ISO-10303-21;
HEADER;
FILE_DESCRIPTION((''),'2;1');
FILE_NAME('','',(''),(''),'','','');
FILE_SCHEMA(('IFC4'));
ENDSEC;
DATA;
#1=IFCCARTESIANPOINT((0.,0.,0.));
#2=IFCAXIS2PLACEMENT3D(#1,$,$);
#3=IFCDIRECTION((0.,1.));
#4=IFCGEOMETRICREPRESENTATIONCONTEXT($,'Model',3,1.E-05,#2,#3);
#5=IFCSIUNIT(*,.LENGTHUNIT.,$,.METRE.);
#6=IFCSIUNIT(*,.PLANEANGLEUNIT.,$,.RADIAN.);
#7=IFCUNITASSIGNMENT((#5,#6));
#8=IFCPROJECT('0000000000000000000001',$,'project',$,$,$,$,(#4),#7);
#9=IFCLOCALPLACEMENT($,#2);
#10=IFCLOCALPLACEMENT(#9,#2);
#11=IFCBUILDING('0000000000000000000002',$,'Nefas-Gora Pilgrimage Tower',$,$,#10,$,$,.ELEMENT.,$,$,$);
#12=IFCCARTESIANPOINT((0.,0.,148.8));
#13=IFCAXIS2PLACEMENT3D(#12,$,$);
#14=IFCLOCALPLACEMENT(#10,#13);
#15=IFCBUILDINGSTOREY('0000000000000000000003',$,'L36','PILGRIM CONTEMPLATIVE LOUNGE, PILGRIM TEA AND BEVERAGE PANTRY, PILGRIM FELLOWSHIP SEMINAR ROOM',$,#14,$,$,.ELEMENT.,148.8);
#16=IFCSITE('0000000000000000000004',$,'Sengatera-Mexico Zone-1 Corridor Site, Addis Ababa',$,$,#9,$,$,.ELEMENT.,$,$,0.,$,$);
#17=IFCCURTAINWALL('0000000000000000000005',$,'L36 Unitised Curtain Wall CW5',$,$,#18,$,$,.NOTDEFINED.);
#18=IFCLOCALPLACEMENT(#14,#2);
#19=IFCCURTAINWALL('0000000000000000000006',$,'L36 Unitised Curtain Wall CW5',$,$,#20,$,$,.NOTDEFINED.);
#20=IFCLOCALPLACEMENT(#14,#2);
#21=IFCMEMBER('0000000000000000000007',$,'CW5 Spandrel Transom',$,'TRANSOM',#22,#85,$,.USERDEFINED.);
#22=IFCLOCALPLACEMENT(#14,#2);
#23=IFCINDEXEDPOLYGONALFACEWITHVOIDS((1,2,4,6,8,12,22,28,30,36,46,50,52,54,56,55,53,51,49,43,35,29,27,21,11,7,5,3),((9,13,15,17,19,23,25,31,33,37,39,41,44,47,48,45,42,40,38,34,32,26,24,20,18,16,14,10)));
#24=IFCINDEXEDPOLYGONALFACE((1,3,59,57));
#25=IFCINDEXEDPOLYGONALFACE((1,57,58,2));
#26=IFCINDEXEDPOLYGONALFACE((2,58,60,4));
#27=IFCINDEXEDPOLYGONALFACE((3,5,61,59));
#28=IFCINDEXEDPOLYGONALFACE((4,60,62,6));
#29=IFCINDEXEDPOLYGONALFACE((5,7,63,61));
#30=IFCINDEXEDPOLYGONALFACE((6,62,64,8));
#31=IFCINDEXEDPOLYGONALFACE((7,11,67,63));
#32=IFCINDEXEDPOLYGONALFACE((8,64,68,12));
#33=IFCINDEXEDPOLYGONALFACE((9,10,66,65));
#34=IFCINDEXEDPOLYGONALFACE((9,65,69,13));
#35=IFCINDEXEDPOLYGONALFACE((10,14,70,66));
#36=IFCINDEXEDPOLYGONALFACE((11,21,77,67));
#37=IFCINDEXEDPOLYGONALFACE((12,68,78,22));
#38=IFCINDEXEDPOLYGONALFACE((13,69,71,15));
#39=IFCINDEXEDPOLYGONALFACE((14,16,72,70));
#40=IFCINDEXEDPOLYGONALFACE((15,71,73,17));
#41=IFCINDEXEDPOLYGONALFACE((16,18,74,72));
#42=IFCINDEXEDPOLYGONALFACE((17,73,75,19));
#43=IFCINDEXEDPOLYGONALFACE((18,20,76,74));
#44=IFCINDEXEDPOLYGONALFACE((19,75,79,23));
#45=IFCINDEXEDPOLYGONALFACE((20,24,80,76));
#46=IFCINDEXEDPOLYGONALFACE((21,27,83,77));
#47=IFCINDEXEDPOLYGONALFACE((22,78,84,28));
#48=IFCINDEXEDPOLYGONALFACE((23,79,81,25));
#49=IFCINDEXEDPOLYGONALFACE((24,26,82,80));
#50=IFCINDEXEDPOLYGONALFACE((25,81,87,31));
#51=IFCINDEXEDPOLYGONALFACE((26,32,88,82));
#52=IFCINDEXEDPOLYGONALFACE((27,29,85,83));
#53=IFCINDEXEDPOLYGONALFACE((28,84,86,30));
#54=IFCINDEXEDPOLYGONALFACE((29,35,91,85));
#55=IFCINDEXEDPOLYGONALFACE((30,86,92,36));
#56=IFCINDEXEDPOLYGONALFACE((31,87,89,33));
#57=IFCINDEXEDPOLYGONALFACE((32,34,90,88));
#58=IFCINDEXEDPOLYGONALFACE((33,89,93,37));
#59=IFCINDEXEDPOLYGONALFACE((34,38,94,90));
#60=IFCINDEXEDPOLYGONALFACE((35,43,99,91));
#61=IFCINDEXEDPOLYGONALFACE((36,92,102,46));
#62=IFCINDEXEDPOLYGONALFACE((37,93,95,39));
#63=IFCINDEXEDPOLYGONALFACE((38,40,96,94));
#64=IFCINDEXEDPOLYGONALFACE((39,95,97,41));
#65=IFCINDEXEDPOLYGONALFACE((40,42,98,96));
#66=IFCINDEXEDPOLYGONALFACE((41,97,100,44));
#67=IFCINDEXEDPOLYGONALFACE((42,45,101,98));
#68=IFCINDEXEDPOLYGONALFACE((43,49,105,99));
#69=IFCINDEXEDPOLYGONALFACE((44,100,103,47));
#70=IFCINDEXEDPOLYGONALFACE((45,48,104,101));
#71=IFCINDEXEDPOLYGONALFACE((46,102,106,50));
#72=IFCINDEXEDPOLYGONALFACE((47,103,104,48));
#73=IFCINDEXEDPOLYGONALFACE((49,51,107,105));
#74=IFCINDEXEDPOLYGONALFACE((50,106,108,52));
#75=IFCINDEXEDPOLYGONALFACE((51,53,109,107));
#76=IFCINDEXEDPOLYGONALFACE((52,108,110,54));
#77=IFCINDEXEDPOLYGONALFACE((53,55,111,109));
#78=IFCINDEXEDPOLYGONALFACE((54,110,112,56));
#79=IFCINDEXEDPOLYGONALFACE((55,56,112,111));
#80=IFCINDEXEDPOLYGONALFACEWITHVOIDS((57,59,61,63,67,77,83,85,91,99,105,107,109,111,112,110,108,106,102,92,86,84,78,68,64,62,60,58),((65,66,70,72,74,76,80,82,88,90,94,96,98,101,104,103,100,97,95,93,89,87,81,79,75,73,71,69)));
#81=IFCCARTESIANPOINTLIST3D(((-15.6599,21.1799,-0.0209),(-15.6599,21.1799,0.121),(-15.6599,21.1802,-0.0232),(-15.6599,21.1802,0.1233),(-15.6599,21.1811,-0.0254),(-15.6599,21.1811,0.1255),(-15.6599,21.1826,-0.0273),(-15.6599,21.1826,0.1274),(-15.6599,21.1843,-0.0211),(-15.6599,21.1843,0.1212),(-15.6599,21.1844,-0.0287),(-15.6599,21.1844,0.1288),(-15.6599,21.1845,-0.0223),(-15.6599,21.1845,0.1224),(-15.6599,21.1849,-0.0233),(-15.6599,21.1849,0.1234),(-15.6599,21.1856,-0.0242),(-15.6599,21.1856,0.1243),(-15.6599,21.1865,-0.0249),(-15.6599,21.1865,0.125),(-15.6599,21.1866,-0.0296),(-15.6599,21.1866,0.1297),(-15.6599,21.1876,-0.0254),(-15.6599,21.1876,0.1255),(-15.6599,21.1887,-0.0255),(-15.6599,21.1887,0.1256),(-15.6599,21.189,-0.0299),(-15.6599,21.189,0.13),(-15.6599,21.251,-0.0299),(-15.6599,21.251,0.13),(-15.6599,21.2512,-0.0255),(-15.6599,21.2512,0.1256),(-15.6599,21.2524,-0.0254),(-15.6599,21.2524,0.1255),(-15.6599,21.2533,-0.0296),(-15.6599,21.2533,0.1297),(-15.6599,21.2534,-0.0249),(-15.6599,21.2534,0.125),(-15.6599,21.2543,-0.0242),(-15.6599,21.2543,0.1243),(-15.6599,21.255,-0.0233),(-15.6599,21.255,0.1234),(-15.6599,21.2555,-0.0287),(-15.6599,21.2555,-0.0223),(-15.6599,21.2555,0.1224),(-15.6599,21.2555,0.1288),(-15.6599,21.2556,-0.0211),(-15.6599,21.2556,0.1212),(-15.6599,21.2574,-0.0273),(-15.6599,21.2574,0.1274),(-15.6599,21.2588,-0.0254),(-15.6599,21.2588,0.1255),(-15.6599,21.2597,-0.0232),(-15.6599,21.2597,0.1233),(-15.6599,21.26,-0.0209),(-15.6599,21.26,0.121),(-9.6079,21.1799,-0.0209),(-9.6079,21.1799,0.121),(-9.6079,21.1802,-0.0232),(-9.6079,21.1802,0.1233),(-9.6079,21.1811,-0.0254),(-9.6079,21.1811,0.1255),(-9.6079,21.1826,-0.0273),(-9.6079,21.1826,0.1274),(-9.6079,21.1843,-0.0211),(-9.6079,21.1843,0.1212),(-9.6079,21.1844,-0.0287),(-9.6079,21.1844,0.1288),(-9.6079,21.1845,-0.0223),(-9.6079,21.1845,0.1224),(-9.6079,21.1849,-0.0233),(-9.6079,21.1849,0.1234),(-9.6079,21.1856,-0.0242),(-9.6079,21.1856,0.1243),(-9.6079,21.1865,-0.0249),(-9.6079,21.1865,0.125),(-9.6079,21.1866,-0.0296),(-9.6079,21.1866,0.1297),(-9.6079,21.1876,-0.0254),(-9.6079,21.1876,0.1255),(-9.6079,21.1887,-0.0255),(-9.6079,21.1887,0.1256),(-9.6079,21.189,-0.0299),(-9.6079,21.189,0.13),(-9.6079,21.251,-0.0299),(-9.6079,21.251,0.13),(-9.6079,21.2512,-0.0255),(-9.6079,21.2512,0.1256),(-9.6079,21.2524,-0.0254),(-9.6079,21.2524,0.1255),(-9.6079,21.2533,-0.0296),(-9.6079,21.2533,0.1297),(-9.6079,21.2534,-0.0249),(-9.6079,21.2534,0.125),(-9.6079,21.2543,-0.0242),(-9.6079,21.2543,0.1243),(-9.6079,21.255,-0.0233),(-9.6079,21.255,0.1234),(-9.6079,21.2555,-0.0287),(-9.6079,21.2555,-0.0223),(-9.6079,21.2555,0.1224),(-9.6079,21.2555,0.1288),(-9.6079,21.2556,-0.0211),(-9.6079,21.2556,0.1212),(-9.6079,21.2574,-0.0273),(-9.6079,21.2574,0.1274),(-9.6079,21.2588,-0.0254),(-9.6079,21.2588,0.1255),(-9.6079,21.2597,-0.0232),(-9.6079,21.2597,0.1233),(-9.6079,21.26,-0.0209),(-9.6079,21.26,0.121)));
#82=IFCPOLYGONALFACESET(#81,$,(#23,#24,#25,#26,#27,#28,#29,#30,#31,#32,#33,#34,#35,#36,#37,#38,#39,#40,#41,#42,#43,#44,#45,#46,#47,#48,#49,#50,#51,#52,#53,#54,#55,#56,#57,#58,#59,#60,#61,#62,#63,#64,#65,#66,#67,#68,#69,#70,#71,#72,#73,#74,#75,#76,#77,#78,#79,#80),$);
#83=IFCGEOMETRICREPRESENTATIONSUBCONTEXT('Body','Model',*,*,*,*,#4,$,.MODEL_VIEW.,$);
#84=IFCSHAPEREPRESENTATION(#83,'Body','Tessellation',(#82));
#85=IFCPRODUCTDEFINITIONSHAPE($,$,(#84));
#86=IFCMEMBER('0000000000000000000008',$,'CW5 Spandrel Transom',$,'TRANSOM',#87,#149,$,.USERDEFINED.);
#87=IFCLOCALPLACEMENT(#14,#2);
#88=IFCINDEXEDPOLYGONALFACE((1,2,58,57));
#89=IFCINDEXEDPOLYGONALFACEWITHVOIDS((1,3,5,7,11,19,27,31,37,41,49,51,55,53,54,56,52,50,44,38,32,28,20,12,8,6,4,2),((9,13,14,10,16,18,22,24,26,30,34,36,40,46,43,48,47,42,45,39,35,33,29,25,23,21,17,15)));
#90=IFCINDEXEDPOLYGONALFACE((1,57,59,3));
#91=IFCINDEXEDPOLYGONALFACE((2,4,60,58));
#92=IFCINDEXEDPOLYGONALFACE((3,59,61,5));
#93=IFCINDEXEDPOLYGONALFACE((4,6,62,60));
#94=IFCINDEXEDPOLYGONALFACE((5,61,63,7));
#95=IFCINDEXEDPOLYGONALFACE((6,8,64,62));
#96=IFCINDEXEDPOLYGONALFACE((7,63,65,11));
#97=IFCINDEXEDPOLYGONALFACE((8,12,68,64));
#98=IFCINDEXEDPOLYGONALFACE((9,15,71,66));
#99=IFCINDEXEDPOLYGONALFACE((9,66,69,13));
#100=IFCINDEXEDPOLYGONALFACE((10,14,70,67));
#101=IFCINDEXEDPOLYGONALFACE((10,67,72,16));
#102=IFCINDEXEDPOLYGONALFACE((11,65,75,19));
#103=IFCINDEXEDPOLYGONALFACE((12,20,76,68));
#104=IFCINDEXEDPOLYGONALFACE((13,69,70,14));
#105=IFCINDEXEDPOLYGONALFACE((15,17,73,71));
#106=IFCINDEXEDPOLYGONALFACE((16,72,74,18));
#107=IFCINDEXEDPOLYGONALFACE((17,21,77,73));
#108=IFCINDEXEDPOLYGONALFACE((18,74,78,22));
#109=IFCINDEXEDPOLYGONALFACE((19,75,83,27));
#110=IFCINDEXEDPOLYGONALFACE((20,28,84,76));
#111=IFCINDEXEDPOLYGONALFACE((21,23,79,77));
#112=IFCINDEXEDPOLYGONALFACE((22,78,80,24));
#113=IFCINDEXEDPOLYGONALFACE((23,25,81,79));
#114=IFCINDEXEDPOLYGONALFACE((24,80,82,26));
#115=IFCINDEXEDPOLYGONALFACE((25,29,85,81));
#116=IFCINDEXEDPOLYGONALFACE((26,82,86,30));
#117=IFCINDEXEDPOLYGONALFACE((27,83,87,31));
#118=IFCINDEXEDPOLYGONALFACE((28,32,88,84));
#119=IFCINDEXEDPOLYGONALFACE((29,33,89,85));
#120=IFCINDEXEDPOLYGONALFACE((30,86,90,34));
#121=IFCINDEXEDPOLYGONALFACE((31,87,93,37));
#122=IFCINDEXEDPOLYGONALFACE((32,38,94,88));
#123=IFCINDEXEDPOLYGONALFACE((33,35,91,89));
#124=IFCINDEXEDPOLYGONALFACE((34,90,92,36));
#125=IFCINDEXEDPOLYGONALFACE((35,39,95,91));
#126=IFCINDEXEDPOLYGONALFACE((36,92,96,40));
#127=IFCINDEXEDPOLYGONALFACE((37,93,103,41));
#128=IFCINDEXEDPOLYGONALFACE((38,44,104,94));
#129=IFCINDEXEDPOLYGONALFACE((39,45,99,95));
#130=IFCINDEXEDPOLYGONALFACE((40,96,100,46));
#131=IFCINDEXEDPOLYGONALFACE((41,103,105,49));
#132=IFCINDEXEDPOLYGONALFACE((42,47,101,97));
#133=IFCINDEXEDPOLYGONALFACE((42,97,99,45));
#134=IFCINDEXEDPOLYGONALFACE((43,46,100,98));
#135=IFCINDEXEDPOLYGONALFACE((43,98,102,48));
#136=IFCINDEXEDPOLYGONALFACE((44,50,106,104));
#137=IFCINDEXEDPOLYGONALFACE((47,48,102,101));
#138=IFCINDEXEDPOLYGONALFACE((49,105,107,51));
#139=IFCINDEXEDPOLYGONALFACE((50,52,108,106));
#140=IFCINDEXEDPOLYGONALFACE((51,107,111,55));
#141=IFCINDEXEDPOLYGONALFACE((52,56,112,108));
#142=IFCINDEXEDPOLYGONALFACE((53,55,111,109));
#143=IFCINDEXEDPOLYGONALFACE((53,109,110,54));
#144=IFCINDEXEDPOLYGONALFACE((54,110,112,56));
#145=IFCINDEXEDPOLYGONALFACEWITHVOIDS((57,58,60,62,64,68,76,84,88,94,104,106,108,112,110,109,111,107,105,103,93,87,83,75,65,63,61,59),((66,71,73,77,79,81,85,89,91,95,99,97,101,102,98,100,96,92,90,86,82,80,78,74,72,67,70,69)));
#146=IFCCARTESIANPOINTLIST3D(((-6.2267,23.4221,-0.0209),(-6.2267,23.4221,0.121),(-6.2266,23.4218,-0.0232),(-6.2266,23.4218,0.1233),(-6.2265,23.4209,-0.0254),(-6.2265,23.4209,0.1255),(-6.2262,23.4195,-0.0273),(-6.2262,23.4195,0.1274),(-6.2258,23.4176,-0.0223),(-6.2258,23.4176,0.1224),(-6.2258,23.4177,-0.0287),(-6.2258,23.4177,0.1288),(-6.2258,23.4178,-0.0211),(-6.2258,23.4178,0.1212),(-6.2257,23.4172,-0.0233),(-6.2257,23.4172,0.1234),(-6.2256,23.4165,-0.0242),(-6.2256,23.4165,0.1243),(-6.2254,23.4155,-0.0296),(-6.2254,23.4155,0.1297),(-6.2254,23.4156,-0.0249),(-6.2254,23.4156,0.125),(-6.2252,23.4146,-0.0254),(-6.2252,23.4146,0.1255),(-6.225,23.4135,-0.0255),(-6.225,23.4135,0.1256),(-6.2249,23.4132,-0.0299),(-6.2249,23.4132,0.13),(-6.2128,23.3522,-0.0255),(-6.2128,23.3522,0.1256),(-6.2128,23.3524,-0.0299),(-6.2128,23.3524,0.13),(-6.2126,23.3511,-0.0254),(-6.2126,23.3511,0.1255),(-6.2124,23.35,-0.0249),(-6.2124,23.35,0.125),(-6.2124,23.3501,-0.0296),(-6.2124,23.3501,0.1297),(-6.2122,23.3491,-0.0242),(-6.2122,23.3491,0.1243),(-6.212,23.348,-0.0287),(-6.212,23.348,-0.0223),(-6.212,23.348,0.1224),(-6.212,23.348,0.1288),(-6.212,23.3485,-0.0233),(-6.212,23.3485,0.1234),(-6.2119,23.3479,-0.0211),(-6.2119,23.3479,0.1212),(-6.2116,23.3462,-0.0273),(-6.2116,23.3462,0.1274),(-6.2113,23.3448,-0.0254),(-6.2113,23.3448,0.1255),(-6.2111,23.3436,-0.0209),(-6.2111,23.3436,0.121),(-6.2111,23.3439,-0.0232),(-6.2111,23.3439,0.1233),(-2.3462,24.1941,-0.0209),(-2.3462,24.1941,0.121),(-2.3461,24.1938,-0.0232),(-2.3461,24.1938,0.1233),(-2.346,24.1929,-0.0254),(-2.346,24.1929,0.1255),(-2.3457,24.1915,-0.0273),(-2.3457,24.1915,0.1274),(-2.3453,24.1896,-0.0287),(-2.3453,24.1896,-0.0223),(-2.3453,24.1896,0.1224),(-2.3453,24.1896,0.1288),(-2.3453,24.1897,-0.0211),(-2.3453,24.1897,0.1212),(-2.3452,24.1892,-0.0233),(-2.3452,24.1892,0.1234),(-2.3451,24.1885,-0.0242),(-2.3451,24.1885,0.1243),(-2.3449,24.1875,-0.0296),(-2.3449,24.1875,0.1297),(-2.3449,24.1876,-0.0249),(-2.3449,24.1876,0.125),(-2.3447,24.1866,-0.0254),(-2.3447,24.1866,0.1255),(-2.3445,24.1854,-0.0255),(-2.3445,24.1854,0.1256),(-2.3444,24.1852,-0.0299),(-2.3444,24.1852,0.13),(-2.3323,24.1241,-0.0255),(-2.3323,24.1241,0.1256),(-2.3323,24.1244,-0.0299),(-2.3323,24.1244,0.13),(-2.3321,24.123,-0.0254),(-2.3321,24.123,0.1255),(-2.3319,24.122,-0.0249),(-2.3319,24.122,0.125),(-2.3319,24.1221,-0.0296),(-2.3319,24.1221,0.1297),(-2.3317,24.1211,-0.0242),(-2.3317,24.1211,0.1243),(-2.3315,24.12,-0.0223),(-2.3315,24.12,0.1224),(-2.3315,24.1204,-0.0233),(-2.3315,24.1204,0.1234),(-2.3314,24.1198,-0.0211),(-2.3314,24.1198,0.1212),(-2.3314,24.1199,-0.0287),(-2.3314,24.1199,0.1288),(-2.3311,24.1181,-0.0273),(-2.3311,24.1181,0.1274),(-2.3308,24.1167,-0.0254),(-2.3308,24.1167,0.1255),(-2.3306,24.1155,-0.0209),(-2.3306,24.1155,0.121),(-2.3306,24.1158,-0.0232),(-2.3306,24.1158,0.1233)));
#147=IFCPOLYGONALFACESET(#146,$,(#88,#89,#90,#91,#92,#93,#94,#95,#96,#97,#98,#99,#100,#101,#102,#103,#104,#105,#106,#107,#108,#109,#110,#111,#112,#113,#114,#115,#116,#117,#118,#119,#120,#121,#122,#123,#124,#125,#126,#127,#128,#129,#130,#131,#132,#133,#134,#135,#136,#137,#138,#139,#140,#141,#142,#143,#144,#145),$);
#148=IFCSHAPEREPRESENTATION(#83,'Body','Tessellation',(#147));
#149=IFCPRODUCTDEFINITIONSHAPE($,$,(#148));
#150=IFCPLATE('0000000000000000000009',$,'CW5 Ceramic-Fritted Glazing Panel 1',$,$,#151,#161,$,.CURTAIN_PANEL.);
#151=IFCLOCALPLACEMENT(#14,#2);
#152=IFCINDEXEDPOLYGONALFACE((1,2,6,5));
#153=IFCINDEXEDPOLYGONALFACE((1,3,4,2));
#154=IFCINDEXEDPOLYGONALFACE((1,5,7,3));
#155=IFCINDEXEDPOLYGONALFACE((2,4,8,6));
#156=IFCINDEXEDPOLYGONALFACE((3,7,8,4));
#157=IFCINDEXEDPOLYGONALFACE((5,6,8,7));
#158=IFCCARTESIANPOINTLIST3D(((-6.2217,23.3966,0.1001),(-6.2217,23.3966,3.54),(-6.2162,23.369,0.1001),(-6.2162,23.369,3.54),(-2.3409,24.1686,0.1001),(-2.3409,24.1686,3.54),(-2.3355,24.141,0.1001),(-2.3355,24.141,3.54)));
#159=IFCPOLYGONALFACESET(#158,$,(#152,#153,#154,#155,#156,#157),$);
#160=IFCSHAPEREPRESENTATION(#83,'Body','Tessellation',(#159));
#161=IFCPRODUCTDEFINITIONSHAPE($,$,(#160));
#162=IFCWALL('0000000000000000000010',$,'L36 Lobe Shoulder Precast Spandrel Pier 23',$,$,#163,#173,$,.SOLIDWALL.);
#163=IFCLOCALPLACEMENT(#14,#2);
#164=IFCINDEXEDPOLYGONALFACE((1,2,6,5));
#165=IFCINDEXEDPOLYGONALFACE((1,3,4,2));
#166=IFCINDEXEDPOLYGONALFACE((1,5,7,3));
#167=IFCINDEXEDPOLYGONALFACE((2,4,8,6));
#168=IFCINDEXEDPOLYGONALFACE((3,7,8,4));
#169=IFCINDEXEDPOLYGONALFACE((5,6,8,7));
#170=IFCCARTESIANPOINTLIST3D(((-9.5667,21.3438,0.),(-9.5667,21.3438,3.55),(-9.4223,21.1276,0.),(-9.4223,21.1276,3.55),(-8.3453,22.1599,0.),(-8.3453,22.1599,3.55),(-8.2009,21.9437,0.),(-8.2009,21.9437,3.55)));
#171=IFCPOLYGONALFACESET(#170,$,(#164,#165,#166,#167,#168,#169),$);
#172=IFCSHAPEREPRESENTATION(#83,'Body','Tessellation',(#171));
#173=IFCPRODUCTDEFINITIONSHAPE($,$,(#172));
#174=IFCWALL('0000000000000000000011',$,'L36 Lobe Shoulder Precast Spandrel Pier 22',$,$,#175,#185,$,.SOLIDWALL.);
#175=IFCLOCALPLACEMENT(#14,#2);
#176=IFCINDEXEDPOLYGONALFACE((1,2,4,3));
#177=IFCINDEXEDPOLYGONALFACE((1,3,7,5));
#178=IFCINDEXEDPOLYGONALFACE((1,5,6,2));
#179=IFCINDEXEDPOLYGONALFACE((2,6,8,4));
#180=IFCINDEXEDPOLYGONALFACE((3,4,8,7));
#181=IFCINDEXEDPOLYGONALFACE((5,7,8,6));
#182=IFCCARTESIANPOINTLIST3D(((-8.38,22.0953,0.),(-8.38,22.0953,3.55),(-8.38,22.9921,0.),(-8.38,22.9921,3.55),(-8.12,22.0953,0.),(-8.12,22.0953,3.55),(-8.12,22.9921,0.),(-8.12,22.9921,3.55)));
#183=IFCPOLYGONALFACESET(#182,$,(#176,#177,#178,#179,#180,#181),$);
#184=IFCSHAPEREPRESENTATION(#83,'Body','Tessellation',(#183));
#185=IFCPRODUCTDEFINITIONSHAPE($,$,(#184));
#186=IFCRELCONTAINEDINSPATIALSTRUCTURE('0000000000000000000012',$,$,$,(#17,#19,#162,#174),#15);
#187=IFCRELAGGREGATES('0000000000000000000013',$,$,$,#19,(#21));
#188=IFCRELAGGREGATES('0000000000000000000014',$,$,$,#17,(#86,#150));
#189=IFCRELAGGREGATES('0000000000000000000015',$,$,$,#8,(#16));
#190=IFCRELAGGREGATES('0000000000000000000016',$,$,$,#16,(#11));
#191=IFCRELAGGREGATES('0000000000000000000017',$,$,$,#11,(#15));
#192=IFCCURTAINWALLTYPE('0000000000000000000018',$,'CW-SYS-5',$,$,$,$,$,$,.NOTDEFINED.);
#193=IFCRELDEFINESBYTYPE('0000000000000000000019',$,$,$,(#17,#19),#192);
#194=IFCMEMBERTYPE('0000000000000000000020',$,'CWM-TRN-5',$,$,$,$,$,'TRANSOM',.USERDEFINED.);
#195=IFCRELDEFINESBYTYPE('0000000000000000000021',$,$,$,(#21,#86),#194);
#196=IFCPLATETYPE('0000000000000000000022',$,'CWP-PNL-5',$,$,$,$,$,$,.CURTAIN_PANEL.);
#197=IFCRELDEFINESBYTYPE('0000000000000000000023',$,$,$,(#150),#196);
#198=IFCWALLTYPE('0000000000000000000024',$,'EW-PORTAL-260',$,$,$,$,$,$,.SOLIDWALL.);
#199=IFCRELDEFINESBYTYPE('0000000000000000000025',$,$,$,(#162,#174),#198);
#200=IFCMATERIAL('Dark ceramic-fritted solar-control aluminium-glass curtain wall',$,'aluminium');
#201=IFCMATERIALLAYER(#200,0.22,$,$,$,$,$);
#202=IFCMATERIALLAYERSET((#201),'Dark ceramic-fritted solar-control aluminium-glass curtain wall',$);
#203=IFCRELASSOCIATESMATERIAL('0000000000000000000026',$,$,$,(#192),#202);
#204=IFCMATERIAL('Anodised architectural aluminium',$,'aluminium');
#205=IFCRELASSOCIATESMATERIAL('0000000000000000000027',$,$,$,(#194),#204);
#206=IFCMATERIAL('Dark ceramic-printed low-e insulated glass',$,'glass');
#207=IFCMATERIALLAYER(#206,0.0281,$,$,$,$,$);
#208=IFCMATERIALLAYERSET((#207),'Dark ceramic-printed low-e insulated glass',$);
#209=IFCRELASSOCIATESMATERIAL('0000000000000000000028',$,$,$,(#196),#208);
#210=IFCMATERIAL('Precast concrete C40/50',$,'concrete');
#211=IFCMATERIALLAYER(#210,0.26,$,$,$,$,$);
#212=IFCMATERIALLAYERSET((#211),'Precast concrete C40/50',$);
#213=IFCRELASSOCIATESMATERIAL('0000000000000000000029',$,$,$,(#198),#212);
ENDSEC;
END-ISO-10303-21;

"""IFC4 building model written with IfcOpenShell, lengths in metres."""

from ifc_helpers import new_model, si_unit, direction, frame, frame_2d, origin, origin_2d, place, context, subcontext, project, spatial, rectangle, hollow_rectangle, extrude, source, transform, mapped, material, layer, layer_set, material_profile, profile_set, type_object, element, aggregate, save


model = new_model("IFC4")

# Units and contexts
model_context = context("Model", 3, precision=1e-05, world=origin(), true_north=direction((0.0, 1.0)))
body_context = subcontext(model_context, "Body", "Model", "MODEL_VIEW")
ifc_project = project(units=[si_unit("LENGTHUNIT", "METRE"), si_unit("PLANEANGLEUNIT", "RADIAN")], contexts=[model_context])

# Site, building, storey
site_placement = place(None, origin())
site = spatial("IfcSite", under=ifc_project, at=site_placement, Name="Sengatera-Mexico Zone-1 Corridor Site, Addis Ababa", CompositionType="ELEMENT", RefElevation=0.0)
building_placement = place(site_placement, origin())
building = spatial("IfcBuilding", under=site, at=building_placement, Name="Nefas-Gora Pilgrimage Tower", CompositionType="ELEMENT")
storey_placement = place(building_placement, frame((0.0, 0.0, 148.8)))
storey = spatial("IfcBuildingStorey", under=building, at=storey_placement, Name="L36", Description="PILGRIM CONTEMPLATIVE LOUNGE, PILGRIM TEA AND BEVERAGE PANTRY, PILGRIM FELLOWSHIP SEMINAR ROOM", CompositionType="ELEMENT", Elevation=148.8)

# Curtain walls, member
ifc_material_1 = material(Name="Dark ceramic-fritted solar-control aluminium-glass curtain wall", Category="aluminium")
ifc_layer_1 = layer(ifc_material_1, 0.22)
ifc_layer_set_1 = layer_set([ifc_layer_1], Name="Dark ceramic-fritted solar-control aluminium-glass curtain wall")
curtain_wall_type = type_object("IfcCurtainWallType", Name="CW-SYS-5", PredefinedType="NOTDEFINED", material=ifc_layer_set_1)
curtain_wall_1_placement = place(storey_placement, origin())
curtain_wall_1 = element("IfcCurtainWall", 1, at=curtain_wall_1_placement, inside=storey, type_object=curtain_wall_type, Name="L36 Unitised Curtain Wall CW5", PredefinedType="NOTDEFINED")
ifc_material_2 = material(Name="Anodised architectural aluminium", Category="aluminium")
curtain_wall_2_placement = place(storey_placement, origin())
curtain_wall_2 = element("IfcCurtainWall", 2, at=curtain_wall_2_placement, inside=storey, type_object=curtain_wall_type, Name="L36 Unitised Curtain Wall CW5", PredefinedType="NOTDEFINED")
ifc_material_profile_1 = material_profile(ifc_material_2, hollow_rectangle(XDim=0.0801, YDim=0.1599, WallThickness=0.0044, InnerFilletRadius=0.0044, OuterFilletRadius=0.009, at=origin_2d()), Name="ALU TRANSOM 80x160")
ifc_profile_set_1 = profile_set([ifc_material_profile_1], Name="Anodised architectural aluminium")
member_type_1 = type_object("IfcMemberType", Name="CWM-TRN-5", ElementType="TRANSOM", PredefinedType="USERDEFINED", material=ifc_profile_set_1)
shared_shape_1 = source(origin(), body_context, "Body", "SweptSolid", [
    extrude(hollow_rectangle(XDim=0.0801, YDim=0.1599, WallThickness=0.0044, InnerFilletRadius=0.0044, OuterFilletRadius=0.009, at=origin_2d()), origin(), (0.0, 0.0, 1.0), 6.052),
])
member_1_placement = place(storey_placement, frame((-9.6079, 21.22, 0.05), z_axis=(-1.0, 0.0, 0.0), x_axis=(0.0, -1.0, 0.0)))
member_1 = element("IfcMember", 3, at=member_1_placement, type_object=member_type_1, Name="CW5 Spandrel Transom", ObjectType="TRANSOM", PredefinedType="USERDEFINED", context=body_context, shape_type="MappedRepresentation", body=[
    mapped(shared_shape_1, transform((0.0, 0.0, 0.0), x_axis=(1.0, 0.0, 0.0), y_axis=(0.0, 1.0, 0.0), z_axis=(0.0, 0.0, 1.0), scale=1.0)),
])
aggregate(curtain_wall_2, [member_1])

# Member
shared_shape_2 = source(origin(), body_context, "Body", "SweptSolid", [
    extrude(hollow_rectangle(XDim=0.0801, YDim=0.1599, WallThickness=0.0044, InnerFilletRadius=0.0044, OuterFilletRadius=0.009, at=origin_2d()), origin(), (0.0, 0.0, 1.0), 3.9565),
])
member_2_placement = place(storey_placement, frame((-2.3384, 24.1548, 0.05), z_axis=(-0.980782, -0.195107, 0.0), x_axis=(0.195107, -0.980782, 0.0)))
member_2 = element("IfcMember", 4, at=member_2_placement, type_object=member_type_1, Name="CW5 Spandrel Transom", ObjectType="TRANSOM", PredefinedType="USERDEFINED", context=body_context, shape_type="MappedRepresentation", body=[
    mapped(shared_shape_2, transform((0.0, 0.0, 0.0), x_axis=(1.0, 0.0, 0.0), y_axis=(0.0, 1.0, 0.0), z_axis=(0.0, 0.0, 1.0), scale=1.0)),
])

# Plate
ifc_material_3 = material(Name="Dark ceramic-printed low-e insulated glass", Category="glass")
ifc_layer_2 = layer(ifc_material_3, 0.0281)
ifc_layer_set_2 = layer_set([ifc_layer_2], Name="Dark ceramic-printed low-e insulated glass")
plate_type = type_object("IfcPlateType", Name="CWP-PNL-5", PredefinedType="CURTAIN_PANEL", material=ifc_layer_set_2)
shared_shape_3 = source(origin(), body_context, "Body", "SweptSolid", [
    extrude(rectangle(XDim=3.9568, YDim=0.0281, at=origin_2d()), origin(), (0.0, 0.0, 1.0), 3.4399),
])
plate_placement = place(storey_placement, frame((-4.2786, 23.7688, 0.1001), z_axis=(0.0, 0.0, 1.0), x_axis=(-0.980783, -0.195102, 0.0)))
plate = element("IfcPlate", 5, at=plate_placement, type_object=plate_type, Name="CW5 Ceramic-Fritted Glazing Panel 1", PredefinedType="CURTAIN_PANEL", context=body_context, shape_type="MappedRepresentation", body=[
    mapped(shared_shape_3, transform((0.0, 0.0, 0.0), x_axis=(1.0, 0.0, 0.0), y_axis=(0.0, 1.0, 0.0), z_axis=(0.0, 0.0, 1.0), scale=1.0)),
])
aggregate(curtain_wall_1, [member_2, plate])

# Walls
ifc_material_4 = material(Name="Precast concrete C40/50", Category="concrete")
ifc_layer_3 = layer(ifc_material_4, 0.26)
ifc_layer_set_3 = layer_set([ifc_layer_3], Name="Precast concrete C40/50")
wall_type_1 = type_object("IfcWallType", Name="EW-PORTAL-260", PredefinedType="SOLIDWALL", material=ifc_layer_set_3)
shared_shape_4 = source(origin(), body_context, "Body", "SweptSolid", [
    extrude(rectangle(XDim=1.469, YDim=0.26, at=frame_2d((0.7344, 0.0))), origin(), (0.0, 0.0, 1.0), 3.55),
])
wall_1_placement = place(storey_placement, frame((-8.2732, 22.0518, 0.0), z_axis=(0.0, 0.0, 1.0), x_axis=(-0.831462, -0.555582, 0.0)))
element("IfcWall", 6, at=wall_1_placement, inside=storey, type_object=wall_type_1, Name="L36 Lobe Shoulder Precast Spandrel Pier 23", PredefinedType="SOLIDWALL", context=body_context, shape_type="MappedRepresentation", body=[
    mapped(shared_shape_4, transform((0.0, 0.0, 0.0), x_axis=(1.0, 0.0, 0.0), y_axis=(0.0, 1.0, 0.0), z_axis=(0.0, 0.0, 1.0), scale=1.0)),
])
shared_shape_5 = source(origin(), body_context, "Body", "SweptSolid", [
    extrude(rectangle(XDim=0.8967, YDim=0.26, at=frame_2d((0.4482, 0.0))), origin(), (0.0, 0.0, 1.0), 3.55),
])
wall_2_placement = place(storey_placement, frame((-8.25, 22.9919, 0.0), z_axis=(0.0, 0.0, 1.0), x_axis=(0.0, -1.0, 0.0)))
element("IfcWall", 7, at=wall_2_placement, inside=storey, type_object=wall_type_1, Name="L36 Lobe Shoulder Precast Spandrel Pier 22", PredefinedType="SOLIDWALL", context=body_context, shape_type="MappedRepresentation", body=[
    mapped(shared_shape_5, transform((0.0, 0.0, 0.0), x_axis=(1.0, 0.0, 0.0), y_axis=(0.0, 1.0, 0.0), z_axis=(0.0, 0.0, 1.0), scale=1.0)),
])

save(model, "model.ifc")
